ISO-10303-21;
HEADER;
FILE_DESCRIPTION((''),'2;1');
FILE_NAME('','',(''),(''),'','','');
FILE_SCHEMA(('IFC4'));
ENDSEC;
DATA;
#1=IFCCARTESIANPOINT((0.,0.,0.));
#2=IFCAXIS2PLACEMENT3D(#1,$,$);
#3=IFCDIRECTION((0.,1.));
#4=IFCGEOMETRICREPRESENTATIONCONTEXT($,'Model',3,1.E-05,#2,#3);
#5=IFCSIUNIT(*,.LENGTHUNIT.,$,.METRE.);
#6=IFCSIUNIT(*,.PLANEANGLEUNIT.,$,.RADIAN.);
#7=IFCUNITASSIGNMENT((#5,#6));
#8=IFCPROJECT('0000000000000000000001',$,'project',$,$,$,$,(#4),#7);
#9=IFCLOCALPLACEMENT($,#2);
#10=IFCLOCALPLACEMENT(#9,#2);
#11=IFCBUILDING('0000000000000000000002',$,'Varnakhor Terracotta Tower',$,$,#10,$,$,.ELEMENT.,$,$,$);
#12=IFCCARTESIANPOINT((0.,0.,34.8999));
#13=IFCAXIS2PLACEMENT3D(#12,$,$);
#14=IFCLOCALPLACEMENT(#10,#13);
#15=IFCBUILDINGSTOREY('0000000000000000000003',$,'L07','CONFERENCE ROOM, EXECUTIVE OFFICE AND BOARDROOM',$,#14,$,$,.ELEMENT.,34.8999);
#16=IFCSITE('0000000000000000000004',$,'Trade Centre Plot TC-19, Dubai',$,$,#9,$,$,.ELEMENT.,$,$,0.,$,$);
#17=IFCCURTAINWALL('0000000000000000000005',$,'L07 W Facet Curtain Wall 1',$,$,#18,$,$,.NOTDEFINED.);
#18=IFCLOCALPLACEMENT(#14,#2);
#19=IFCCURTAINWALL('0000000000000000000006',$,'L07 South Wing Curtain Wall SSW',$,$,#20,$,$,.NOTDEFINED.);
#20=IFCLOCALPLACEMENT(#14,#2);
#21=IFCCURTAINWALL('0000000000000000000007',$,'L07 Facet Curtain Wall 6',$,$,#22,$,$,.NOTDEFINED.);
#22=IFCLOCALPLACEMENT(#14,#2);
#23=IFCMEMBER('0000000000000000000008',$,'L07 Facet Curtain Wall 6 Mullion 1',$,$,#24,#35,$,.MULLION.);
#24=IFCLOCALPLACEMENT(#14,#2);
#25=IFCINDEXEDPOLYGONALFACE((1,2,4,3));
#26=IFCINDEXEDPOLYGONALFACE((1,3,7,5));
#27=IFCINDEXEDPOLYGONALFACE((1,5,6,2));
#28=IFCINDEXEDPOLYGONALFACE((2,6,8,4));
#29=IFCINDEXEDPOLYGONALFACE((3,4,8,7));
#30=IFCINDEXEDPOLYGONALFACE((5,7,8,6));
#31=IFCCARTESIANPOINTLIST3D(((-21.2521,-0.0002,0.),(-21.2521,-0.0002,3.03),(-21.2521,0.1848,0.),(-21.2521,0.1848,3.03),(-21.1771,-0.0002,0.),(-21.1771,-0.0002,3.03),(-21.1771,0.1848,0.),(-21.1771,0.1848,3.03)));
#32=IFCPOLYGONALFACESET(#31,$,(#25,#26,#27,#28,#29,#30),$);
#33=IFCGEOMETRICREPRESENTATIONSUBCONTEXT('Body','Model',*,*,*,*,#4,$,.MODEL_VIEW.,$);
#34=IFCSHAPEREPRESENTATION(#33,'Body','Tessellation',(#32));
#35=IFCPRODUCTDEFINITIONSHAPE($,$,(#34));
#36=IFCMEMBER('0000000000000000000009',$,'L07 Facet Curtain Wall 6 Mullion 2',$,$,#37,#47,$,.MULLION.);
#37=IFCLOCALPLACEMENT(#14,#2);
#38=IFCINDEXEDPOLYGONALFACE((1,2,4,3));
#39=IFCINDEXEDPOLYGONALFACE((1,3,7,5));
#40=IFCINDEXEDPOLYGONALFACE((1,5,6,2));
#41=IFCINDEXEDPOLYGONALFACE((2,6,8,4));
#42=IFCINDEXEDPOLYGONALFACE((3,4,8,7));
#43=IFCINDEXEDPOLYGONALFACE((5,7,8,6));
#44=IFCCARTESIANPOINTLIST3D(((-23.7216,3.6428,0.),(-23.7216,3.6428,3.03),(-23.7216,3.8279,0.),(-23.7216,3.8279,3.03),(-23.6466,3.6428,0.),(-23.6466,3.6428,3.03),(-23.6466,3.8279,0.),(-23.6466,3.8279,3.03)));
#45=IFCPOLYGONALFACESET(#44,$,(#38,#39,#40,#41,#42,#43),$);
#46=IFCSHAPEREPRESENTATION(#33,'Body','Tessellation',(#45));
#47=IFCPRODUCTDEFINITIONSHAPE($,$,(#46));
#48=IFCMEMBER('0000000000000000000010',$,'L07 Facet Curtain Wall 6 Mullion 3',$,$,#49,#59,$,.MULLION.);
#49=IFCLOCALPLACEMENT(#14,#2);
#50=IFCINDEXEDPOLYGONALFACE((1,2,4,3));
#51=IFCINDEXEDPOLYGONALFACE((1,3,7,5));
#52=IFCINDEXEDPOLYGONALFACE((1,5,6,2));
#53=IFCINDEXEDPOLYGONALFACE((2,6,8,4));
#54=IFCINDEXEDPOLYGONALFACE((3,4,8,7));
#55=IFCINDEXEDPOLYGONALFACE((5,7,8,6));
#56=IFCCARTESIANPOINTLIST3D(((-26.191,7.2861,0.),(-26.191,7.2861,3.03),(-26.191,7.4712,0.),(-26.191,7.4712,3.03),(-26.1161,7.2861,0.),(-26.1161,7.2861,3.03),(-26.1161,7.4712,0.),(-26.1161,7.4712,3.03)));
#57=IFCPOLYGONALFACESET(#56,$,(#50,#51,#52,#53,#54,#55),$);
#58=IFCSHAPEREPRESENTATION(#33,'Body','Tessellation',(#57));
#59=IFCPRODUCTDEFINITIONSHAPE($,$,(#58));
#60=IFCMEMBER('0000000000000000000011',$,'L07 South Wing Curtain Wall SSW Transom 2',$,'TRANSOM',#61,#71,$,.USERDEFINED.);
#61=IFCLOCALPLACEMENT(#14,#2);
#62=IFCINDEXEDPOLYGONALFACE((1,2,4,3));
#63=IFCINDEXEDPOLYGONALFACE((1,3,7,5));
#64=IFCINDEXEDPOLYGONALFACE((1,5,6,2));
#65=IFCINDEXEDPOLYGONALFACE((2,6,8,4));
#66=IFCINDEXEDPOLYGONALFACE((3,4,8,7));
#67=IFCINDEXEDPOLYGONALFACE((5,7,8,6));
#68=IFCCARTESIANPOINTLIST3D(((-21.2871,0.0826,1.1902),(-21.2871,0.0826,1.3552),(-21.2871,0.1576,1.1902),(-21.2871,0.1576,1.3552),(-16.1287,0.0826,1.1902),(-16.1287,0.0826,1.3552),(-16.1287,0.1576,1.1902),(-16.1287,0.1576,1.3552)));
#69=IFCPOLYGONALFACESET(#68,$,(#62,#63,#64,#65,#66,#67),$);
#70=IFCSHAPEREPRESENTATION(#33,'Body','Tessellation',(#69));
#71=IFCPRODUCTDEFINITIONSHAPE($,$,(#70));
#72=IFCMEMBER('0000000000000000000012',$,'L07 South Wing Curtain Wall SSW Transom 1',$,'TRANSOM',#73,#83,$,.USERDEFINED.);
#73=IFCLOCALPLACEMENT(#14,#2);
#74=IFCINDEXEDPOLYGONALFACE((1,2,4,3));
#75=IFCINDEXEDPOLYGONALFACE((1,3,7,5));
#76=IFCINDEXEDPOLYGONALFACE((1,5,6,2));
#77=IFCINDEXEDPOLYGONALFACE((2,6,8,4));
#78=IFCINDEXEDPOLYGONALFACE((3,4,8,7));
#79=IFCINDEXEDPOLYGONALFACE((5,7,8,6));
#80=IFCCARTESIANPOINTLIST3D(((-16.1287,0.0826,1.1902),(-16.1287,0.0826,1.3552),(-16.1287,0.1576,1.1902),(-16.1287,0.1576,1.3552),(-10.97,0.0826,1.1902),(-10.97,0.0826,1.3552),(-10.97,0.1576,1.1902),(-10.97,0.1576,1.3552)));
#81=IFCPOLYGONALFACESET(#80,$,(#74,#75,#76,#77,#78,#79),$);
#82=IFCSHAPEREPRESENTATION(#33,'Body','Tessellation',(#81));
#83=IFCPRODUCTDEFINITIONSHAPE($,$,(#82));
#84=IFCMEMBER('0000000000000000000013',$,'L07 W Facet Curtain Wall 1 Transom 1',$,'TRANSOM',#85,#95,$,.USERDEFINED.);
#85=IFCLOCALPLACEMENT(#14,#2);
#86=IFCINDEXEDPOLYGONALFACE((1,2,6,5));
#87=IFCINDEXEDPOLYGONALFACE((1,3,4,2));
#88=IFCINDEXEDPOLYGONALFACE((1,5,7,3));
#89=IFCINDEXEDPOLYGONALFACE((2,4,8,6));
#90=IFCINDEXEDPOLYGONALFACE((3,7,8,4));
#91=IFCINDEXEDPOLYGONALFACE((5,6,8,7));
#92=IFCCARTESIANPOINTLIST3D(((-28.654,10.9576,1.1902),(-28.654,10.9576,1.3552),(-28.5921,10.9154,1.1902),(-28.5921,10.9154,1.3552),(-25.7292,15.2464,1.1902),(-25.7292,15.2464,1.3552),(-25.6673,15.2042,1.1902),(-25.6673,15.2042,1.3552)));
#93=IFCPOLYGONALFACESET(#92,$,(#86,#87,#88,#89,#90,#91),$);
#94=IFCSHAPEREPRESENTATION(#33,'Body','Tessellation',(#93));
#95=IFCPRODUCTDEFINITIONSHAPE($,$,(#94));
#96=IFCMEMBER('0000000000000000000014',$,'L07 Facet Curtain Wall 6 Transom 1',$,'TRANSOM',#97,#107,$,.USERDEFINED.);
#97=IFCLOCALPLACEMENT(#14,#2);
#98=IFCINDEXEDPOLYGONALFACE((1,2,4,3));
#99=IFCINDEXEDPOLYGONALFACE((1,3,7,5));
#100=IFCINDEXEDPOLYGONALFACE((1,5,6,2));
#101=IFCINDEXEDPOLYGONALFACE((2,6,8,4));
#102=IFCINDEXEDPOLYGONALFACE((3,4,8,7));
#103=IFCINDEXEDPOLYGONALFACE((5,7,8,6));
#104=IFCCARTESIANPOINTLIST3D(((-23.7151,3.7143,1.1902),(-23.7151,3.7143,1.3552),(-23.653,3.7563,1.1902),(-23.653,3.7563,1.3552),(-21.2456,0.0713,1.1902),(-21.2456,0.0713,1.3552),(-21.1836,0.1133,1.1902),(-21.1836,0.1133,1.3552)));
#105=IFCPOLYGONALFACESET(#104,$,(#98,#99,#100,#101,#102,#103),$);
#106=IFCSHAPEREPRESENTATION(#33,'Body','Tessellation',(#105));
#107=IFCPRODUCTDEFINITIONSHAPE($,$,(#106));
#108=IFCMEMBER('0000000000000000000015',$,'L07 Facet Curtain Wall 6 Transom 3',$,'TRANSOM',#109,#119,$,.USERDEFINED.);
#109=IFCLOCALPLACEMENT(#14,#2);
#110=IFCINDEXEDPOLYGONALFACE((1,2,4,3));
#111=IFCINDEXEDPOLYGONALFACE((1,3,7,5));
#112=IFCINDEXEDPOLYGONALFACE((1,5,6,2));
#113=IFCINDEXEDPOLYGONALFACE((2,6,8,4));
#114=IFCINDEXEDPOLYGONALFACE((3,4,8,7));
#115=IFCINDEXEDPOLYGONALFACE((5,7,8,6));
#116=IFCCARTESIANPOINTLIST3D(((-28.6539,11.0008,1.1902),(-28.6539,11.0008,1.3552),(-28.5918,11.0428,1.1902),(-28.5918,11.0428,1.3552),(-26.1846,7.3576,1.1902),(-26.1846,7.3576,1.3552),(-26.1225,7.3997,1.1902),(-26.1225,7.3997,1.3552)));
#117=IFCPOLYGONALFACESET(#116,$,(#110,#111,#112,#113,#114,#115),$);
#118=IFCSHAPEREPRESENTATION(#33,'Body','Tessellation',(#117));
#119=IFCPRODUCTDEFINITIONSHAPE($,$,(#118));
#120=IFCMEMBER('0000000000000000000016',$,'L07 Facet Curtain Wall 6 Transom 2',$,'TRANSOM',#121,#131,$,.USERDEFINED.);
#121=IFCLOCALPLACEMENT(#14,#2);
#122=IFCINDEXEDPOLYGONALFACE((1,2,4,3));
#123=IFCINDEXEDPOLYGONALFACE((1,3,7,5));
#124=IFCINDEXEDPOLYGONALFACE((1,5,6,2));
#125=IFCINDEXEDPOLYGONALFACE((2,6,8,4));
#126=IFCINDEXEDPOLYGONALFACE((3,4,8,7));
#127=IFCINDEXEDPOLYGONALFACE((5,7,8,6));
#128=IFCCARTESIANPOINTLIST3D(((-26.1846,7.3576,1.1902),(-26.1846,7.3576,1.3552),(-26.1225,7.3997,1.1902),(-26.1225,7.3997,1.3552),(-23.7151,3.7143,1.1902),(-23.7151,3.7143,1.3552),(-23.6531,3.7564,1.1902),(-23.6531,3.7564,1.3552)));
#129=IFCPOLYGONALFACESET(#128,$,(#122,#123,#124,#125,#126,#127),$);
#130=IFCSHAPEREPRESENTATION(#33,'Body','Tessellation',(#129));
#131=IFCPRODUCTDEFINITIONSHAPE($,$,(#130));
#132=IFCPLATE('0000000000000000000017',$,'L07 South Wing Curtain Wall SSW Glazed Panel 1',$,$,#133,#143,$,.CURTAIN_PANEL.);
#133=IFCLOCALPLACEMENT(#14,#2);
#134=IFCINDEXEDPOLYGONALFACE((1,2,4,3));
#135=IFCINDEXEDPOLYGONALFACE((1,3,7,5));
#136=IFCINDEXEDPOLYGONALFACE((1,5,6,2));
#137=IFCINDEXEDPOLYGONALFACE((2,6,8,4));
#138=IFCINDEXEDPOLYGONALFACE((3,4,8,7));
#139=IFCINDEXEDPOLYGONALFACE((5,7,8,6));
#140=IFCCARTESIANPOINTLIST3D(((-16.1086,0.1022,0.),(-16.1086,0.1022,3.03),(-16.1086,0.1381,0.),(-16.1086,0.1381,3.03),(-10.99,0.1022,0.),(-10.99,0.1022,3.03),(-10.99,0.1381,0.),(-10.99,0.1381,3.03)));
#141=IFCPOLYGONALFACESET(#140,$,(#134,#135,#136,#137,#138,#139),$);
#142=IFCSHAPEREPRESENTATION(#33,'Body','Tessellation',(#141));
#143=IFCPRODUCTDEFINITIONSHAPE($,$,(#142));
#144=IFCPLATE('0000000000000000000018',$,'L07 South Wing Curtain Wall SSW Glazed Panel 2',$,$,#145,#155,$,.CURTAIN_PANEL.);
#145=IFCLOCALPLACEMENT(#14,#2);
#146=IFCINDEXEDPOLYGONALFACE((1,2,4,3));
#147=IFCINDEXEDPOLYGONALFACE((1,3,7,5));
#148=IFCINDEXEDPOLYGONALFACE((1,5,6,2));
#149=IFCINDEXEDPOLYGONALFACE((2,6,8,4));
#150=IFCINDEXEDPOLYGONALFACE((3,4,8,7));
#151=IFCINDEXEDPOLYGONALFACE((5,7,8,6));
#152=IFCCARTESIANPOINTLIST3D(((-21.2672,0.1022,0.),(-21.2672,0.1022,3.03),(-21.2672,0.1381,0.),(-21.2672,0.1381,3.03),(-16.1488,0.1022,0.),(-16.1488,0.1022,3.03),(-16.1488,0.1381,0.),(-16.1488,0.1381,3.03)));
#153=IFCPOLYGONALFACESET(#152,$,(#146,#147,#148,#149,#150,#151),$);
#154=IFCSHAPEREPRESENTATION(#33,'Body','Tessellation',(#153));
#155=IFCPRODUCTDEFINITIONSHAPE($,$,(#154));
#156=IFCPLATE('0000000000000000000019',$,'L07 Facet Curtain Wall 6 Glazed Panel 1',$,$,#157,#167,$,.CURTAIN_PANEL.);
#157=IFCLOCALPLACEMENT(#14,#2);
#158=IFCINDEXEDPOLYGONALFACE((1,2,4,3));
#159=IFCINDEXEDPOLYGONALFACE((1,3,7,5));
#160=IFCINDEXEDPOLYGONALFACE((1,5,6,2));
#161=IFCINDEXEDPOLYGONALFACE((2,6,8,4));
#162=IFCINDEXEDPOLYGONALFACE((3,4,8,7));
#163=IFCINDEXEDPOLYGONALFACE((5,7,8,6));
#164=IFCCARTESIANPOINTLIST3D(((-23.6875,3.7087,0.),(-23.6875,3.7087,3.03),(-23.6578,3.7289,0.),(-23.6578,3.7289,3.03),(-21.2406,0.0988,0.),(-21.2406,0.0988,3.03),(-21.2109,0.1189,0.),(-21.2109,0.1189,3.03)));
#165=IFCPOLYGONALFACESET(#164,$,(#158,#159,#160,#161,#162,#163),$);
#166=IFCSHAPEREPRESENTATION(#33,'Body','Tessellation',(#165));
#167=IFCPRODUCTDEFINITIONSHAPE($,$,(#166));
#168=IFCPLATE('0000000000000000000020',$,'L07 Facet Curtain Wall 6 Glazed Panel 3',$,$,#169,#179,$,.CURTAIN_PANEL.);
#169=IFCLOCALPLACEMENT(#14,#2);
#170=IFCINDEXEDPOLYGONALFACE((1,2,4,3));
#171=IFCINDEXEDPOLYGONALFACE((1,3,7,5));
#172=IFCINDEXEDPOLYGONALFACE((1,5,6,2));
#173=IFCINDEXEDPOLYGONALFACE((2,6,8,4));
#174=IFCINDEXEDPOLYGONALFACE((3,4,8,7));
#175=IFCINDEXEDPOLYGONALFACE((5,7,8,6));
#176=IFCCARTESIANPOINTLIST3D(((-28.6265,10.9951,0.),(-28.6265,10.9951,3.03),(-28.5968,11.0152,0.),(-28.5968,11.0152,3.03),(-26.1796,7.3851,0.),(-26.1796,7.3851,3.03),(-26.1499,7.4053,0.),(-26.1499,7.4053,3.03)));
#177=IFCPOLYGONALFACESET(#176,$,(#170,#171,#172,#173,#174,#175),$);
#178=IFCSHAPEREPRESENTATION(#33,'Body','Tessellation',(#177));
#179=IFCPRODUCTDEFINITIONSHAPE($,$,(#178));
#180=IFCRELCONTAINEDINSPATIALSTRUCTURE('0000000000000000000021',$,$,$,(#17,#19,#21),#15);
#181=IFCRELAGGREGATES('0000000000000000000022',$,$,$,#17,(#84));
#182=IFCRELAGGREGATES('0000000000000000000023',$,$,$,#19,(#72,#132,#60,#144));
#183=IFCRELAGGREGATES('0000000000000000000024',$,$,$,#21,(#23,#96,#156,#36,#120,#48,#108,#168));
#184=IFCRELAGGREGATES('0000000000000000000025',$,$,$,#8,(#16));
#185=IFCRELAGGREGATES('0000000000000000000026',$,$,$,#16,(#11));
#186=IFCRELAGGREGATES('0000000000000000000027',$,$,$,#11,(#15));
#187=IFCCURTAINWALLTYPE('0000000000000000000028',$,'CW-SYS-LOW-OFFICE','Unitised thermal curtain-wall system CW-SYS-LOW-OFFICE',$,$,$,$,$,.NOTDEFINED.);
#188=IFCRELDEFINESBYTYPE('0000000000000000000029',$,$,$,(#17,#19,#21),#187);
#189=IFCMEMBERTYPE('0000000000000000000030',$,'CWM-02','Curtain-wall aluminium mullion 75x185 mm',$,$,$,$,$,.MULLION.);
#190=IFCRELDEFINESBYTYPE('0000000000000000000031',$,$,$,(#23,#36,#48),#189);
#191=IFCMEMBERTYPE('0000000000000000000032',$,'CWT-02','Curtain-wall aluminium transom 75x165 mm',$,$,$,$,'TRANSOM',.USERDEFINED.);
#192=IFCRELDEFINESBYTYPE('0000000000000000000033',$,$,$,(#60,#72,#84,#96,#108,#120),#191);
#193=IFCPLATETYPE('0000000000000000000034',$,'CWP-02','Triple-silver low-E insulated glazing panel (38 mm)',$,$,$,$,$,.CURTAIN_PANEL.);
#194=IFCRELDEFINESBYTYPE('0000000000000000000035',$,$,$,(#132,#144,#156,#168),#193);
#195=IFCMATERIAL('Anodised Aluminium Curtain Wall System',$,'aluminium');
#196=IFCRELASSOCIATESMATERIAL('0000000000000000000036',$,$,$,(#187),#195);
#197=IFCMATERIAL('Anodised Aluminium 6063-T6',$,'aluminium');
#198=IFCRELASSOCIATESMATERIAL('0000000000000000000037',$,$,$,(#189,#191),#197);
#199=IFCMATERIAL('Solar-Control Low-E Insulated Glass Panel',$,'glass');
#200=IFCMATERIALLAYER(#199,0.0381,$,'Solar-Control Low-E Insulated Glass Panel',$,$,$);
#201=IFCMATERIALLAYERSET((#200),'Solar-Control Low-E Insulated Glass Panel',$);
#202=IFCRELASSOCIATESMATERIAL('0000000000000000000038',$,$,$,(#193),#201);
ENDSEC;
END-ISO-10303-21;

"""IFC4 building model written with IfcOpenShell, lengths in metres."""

from ifc_helpers import new_model, si_unit, direction, frame, origin, origin_2d, place, context, subcontext, project, spatial, rectangle, extrude, source, transform, mapped, material, layer, layer_set, material_profile, profile_set, type_object, type_shapes, element, aggregate, save


model = new_model("IFC4")

# Units and contexts
model_context = context("Model", 3, precision=1e-05, world=origin(), true_north=direction((0.0, 1.0)))
body_context = subcontext(model_context, "Body", "Model", "MODEL_VIEW")
ifc_project = project(units=[si_unit("LENGTHUNIT", "METRE"), si_unit("PLANEANGLEUNIT", "RADIAN")], contexts=[model_context])

# Site, building, storey
site_placement = place(None, origin())
site = spatial("IfcSite", under=ifc_project, at=site_placement, Name="Trade Centre Plot TC-19, Dubai", CompositionType="ELEMENT", RefElevation=0.0)
building_placement = place(site_placement, origin())
building = spatial("IfcBuilding", under=site, at=building_placement, Name="Varnakhor Terracotta Tower", CompositionType="ELEMENT")
storey_placement = place(building_placement, frame((0.0, 0.0, 34.8999)))
storey = spatial("IfcBuildingStorey", under=building, at=storey_placement, Name="L07", Description="CONFERENCE ROOM, EXECUTIVE OFFICE AND BOARDROOM", CompositionType="ELEMENT", Elevation=34.8999)

# Curtain wall
ifc_material_1 = material(Name="Anodised Aluminium Curtain Wall System", Category="aluminium")
curtain_wall_type = type_object("IfcCurtainWallType", Name="CW-SYS-LOW-OFFICE", Description="Unitised thermal curtain-wall system CW-SYS-LOW-OFFICE", PredefinedType="NOTDEFINED", material=ifc_material_1)
curtain_wall_1_placement = place(storey_placement, origin())
curtain_wall_1 = element("IfcCurtainWall", 1, at=curtain_wall_1_placement, inside=storey, type_object=curtain_wall_type, Name="L07 W Facet Curtain Wall 1", PredefinedType="NOTDEFINED")
ifc_material_2 = material(Name="Anodised Aluminium 6063-T6", Category="aluminium")
ifc_material_profile_1 = material_profile(ifc_material_2, rectangle(XDim=0.075, YDim=0.1851, at=origin_2d()), Name="ALU MULLION 75x185")
ifc_profile_set_1 = profile_set([ifc_material_profile_1], Name="Anodised Aluminium 6063-T6")
member_type_1 = type_object("IfcMemberType", Name="CWM-02", Description="Curtain-wall aluminium mullion 75x185 mm", PredefinedType="MULLION", material=ifc_profile_set_1)
shared_shape_1 = source(origin(), body_context, "Body", "SweptSolid", [
    extrude(rectangle(XDim=0.075, YDim=0.1851, at=origin_2d()), origin(), (0.0, 0.0, 1.0), 3.03),
])
type_shapes(member_type_1, [shared_shape_1])

# Curtain walls, members
curtain_wall_2_placement = place(storey_placement, origin())
curtain_wall_2 = element("IfcCurtainWall", 2, at=curtain_wall_2_placement, inside=storey, type_object=curtain_wall_type, Name="L07 South Wing Curtain Wall SSW", PredefinedType="NOTDEFINED")
curtain_wall_3_placement = place(storey_placement, origin())
curtain_wall_3 = element("IfcCurtainWall", 3, at=curtain_wall_3_placement, inside=storey, type_object=curtain_wall_type, Name="L07 Facet Curtain Wall 6", PredefinedType="NOTDEFINED")
member_1_placement = place(storey_placement, frame((-21.2146, 0.0923, 0.0), z_axis=(0.0, 0.0, 1.0), x_axis=(1.0, 0.0, 0.0)))
member_1 = element("IfcMember", 4, at=member_1_placement, type_object=member_type_1, Name="L07 Facet Curtain Wall 6 Mullion 1", PredefinedType="MULLION", context=body_context, shape_type="MappedRepresentation", body=[
    mapped(shared_shape_1, transform((0.0, 0.0, 0.0), scale=1.0)),
])
member_2_placement = place(storey_placement, frame((-23.6841, 3.7354, 0.0), z_axis=(0.0, 0.0, 1.0), x_axis=(1.0, 0.0, 0.0)))
member_2 = element("IfcMember", 5, at=member_2_placement, type_object=member_type_1, Name="L07 Facet Curtain Wall 6 Mullion 2", PredefinedType="MULLION", context=body_context, shape_type="MappedRepresentation", body=[
    mapped(shared_shape_1, transform((0.0, 0.0, 0.0), scale=1.0)),
])
member_3_placement = place(storey_placement, frame((-26.1536, 7.3787, 0.0), z_axis=(0.0, 0.0, 1.0), x_axis=(1.0, 0.0, 0.0)))
member_3 = element("IfcMember", 6, at=member_3_placement, type_object=member_type_1, Name="L07 Facet Curtain Wall 6 Mullion 3", PredefinedType="MULLION", context=body_context, shape_type="MappedRepresentation", body=[
    mapped(shared_shape_1, transform((0.0, 0.0, 0.0), scale=1.0)),
])

# Members
ifc_material_profile_2 = material_profile(ifc_material_2, rectangle(XDim=0.075, YDim=0.165, at=origin_2d()), Name="ALU TRANSOM 75x165")
ifc_profile_set_2 = profile_set([ifc_material_profile_2], Name="Anodised Aluminium 6063-T6")
member_type_2 = type_object("IfcMemberType", Name="CWT-02", Description="Curtain-wall aluminium transom 75x165 mm", ElementType="TRANSOM", PredefinedType="USERDEFINED", material=ifc_profile_set_2)
shared_shape_2 = source(origin(), body_context, "Body", "SweptSolid", [
    extrude(rectangle(XDim=0.075, YDim=0.165, at=origin_2d()), origin(), (0.0, 0.0, 1.0), 5.1584),
])
member_4_placement = place(storey_placement, frame((-16.1287, 0.1201, 1.2727), z_axis=(-1.0, 0.0, 0.0), x_axis=(0.0, -1.0, 0.0)))
member_4 = element("IfcMember", 7, at=member_4_placement, type_object=member_type_2, Name="L07 South Wing Curtain Wall SSW Transom 2", ObjectType="TRANSOM", PredefinedType="USERDEFINED", context=body_context, shape_type="MappedRepresentation", body=[
    mapped(shared_shape_2, transform((0.0, 0.0, 0.0), scale=1.0)),
])
shared_shape_3 = source(origin(), body_context, "Body", "SweptSolid", [
    extrude(rectangle(XDim=0.075, YDim=0.165, at=origin_2d()), origin(), (0.0, 0.0, 1.0), 5.1587),
])
member_5_placement = place(storey_placement, frame((-10.97, 0.1201, 1.2727), z_axis=(-1.0, 0.0, 0.0), x_axis=(0.0, -1.0, 0.0)))
member_5 = element("IfcMember", 8, at=member_5_placement, type_object=member_type_2, Name="L07 South Wing Curtain Wall SSW Transom 1", ObjectType="TRANSOM", PredefinedType="USERDEFINED", context=body_context, shape_type="MappedRepresentation", body=[
    mapped(shared_shape_3, transform((0.0, 0.0, 0.0), scale=1.0)),
])
shared_shape_4 = source(origin(), body_context, "Body", "SweptSolid", [
    extrude(rectangle(XDim=0.075, YDim=0.165, at=origin_2d()), origin(), (0.0, 0.0, 1.0), 5.1912),
])
member_6_placement = place(storey_placement, frame((-28.623, 10.9365, 1.2727), z_axis=(0.563417, 0.826173, 0.0), x_axis=(-0.826173, 0.563417, 0.0)))
member_6 = element("IfcMember", 9, at=member_6_placement, type_object=member_type_2, Name="L07 W Facet Curtain Wall 1 Transom 1", ObjectType="TRANSOM", PredefinedType="USERDEFINED", context=body_context, shape_type="MappedRepresentation", body=[
    mapped(shared_shape_4, transform((0.0, 0.0, 0.0), scale=1.0)),
])
aggregate(curtain_wall_1, [member_6])
shared_shape_5 = source(origin(), body_context, "Body", "SweptSolid", [
    extrude(rectangle(XDim=0.075, YDim=0.165, at=origin_2d()), origin(), (0.0, 0.0, 1.0), 4.4011),
])
member_7_placement = place(storey_placement, frame((-21.2146, 0.0923, 1.2727), z_axis=(-0.561097, 0.82775, 0.0), x_axis=(-0.82775, -0.561097, 0.0)))
member_7 = element("IfcMember", 10, at=member_7_placement, type_object=member_type_2, Name="L07 Facet Curtain Wall 6 Transom 1", ObjectType="TRANSOM", PredefinedType="USERDEFINED", context=body_context, shape_type="MappedRepresentation", body=[
    mapped(shared_shape_5, transform((0.0, 0.0, 0.0), scale=1.0)),
])
member_8_placement = place(storey_placement, frame((-26.1536, 7.3787, 1.2727), z_axis=(-0.561059, 0.827776, 0.0), x_axis=(-0.827776, -0.561059, 0.0)))
member_8 = element("IfcMember", 11, at=member_8_placement, type_object=member_type_2, Name="L07 Facet Curtain Wall 6 Transom 3", ObjectType="TRANSOM", PredefinedType="USERDEFINED", context=body_context, shape_type="MappedRepresentation", body=[
    mapped(shared_shape_5, transform((0.0, 0.0, 0.0), scale=1.0)),
])
shared_shape_6 = source(origin(), body_context, "Body", "SweptSolid", [
    extrude(rectangle(XDim=0.075, YDim=0.165, at=origin_2d()), origin(), (0.0, 0.0, 1.0), 4.4014),
])
member_9_placement = place(storey_placement, frame((-23.6841, 3.7354, 1.2727), z_axis=(-0.561071, 0.827767, 0.0), x_axis=(-0.827767, -0.561071, 0.0)))
member_9 = element("IfcMember", 12, at=member_9_placement, type_object=member_type_2, Name="L07 Facet Curtain Wall 6 Transom 2", ObjectType="TRANSOM", PredefinedType="USERDEFINED", context=body_context, shape_type="MappedRepresentation", body=[
    mapped(shared_shape_6, transform((0.0, 0.0, 0.0), scale=1.0)),
])

# Plates
ifc_material_3 = material(Name="Solar-Control Low-E Insulated Glass Panel", Category="glass")
ifc_layer_1 = layer(ifc_material_3, 0.0381, Name="Solar-Control Low-E Insulated Glass Panel")
ifc_layer_set_1 = layer_set([ifc_layer_1], Name="Solar-Control Low-E Insulated Glass Panel")
plate_type = type_object("IfcPlateType", Name="CWP-02", Description="Triple-silver low-E insulated glazing panel (38 mm)", PredefinedType="CURTAIN_PANEL", material=ifc_layer_set_1)
shared_shape_7 = source(origin(), body_context, "Body", "SweptSolid", [
    extrude(rectangle(XDim=5.1187, YDim=0.0359, at=origin_2d()), origin(), (0.0, 0.0, 1.0), 3.03),
])
plate_1_placement = place(storey_placement, frame((-13.5493, 0.1201, 0.0), z_axis=(0.0, 0.0, 1.0), x_axis=(-1.0, 0.0, 0.0)))
plate_1 = element("IfcPlate", 13, at=plate_1_placement, type_object=plate_type, Name="L07 South Wing Curtain Wall SSW Glazed Panel 1", PredefinedType="CURTAIN_PANEL", context=body_context, shape_type="MappedRepresentation", body=[
    mapped(shared_shape_7, transform((0.0, 0.0, 0.0), scale=1.0)),
])
shared_shape_8 = source(origin(), body_context, "Body", "SweptSolid", [
    extrude(rectangle(XDim=5.1184, YDim=0.0359, at=origin_2d()), origin(), (0.0, 0.0, 1.0), 3.03),
])
plate_2_placement = place(storey_placement, frame((-18.708, 0.1201, 0.0), z_axis=(0.0, 0.0, 1.0), x_axis=(-1.0, 0.0, 0.0)))
plate_2 = element("IfcPlate", 14, at=plate_2_placement, type_object=plate_type, Name="L07 South Wing Curtain Wall SSW Glazed Panel 2", PredefinedType="CURTAIN_PANEL", context=body_context, shape_type="MappedRepresentation", body=[
    mapped(shared_shape_8, transform((0.0, 0.0, 0.0), scale=1.0)),
])
aggregate(curtain_wall_2, [member_5, plate_1, member_4, plate_2])
shared_shape_9 = source(origin(), body_context, "Body", "SweptSolid", [
    extrude(rectangle(XDim=4.3611, YDim=0.0359, at=origin_2d()), origin(), (0.0, 0.0, 1.0), 3.03),
])
plate_3_placement = place(storey_placement, frame((-22.4492, 1.9138, 0.0), z_axis=(0.0, 0.0, 1.0), x_axis=(-0.561072, 0.827767, 0.0)))
plate_3 = element("IfcPlate", 15, at=plate_3_placement, type_object=plate_type, Name="L07 Facet Curtain Wall 6 Glazed Panel 1", PredefinedType="CURTAIN_PANEL", context=body_context, shape_type="MappedRepresentation", body=[
    mapped(shared_shape_9, transform((0.0, 0.0, 0.0), scale=1.0)),
])
plate_4_placement = place(storey_placement, frame((-27.3882, 9.2002, 0.0), z_axis=(0.0, 0.0, 1.0), x_axis=(-0.561072, 0.827767, 0.0)))
plate_4 = element("IfcPlate", 16, at=plate_4_placement, type_object=plate_type, Name="L07 Facet Curtain Wall 6 Glazed Panel 3", PredefinedType="CURTAIN_PANEL", context=body_context, shape_type="MappedRepresentation", body=[
    mapped(shared_shape_9, transform((0.0, 0.0, 0.0), scale=1.0)),
])
aggregate(curtain_wall_3, [member_1, member_7, plate_3, member_2, member_9, member_3, member_8, plate_4])

save(model, "model.ifc")
